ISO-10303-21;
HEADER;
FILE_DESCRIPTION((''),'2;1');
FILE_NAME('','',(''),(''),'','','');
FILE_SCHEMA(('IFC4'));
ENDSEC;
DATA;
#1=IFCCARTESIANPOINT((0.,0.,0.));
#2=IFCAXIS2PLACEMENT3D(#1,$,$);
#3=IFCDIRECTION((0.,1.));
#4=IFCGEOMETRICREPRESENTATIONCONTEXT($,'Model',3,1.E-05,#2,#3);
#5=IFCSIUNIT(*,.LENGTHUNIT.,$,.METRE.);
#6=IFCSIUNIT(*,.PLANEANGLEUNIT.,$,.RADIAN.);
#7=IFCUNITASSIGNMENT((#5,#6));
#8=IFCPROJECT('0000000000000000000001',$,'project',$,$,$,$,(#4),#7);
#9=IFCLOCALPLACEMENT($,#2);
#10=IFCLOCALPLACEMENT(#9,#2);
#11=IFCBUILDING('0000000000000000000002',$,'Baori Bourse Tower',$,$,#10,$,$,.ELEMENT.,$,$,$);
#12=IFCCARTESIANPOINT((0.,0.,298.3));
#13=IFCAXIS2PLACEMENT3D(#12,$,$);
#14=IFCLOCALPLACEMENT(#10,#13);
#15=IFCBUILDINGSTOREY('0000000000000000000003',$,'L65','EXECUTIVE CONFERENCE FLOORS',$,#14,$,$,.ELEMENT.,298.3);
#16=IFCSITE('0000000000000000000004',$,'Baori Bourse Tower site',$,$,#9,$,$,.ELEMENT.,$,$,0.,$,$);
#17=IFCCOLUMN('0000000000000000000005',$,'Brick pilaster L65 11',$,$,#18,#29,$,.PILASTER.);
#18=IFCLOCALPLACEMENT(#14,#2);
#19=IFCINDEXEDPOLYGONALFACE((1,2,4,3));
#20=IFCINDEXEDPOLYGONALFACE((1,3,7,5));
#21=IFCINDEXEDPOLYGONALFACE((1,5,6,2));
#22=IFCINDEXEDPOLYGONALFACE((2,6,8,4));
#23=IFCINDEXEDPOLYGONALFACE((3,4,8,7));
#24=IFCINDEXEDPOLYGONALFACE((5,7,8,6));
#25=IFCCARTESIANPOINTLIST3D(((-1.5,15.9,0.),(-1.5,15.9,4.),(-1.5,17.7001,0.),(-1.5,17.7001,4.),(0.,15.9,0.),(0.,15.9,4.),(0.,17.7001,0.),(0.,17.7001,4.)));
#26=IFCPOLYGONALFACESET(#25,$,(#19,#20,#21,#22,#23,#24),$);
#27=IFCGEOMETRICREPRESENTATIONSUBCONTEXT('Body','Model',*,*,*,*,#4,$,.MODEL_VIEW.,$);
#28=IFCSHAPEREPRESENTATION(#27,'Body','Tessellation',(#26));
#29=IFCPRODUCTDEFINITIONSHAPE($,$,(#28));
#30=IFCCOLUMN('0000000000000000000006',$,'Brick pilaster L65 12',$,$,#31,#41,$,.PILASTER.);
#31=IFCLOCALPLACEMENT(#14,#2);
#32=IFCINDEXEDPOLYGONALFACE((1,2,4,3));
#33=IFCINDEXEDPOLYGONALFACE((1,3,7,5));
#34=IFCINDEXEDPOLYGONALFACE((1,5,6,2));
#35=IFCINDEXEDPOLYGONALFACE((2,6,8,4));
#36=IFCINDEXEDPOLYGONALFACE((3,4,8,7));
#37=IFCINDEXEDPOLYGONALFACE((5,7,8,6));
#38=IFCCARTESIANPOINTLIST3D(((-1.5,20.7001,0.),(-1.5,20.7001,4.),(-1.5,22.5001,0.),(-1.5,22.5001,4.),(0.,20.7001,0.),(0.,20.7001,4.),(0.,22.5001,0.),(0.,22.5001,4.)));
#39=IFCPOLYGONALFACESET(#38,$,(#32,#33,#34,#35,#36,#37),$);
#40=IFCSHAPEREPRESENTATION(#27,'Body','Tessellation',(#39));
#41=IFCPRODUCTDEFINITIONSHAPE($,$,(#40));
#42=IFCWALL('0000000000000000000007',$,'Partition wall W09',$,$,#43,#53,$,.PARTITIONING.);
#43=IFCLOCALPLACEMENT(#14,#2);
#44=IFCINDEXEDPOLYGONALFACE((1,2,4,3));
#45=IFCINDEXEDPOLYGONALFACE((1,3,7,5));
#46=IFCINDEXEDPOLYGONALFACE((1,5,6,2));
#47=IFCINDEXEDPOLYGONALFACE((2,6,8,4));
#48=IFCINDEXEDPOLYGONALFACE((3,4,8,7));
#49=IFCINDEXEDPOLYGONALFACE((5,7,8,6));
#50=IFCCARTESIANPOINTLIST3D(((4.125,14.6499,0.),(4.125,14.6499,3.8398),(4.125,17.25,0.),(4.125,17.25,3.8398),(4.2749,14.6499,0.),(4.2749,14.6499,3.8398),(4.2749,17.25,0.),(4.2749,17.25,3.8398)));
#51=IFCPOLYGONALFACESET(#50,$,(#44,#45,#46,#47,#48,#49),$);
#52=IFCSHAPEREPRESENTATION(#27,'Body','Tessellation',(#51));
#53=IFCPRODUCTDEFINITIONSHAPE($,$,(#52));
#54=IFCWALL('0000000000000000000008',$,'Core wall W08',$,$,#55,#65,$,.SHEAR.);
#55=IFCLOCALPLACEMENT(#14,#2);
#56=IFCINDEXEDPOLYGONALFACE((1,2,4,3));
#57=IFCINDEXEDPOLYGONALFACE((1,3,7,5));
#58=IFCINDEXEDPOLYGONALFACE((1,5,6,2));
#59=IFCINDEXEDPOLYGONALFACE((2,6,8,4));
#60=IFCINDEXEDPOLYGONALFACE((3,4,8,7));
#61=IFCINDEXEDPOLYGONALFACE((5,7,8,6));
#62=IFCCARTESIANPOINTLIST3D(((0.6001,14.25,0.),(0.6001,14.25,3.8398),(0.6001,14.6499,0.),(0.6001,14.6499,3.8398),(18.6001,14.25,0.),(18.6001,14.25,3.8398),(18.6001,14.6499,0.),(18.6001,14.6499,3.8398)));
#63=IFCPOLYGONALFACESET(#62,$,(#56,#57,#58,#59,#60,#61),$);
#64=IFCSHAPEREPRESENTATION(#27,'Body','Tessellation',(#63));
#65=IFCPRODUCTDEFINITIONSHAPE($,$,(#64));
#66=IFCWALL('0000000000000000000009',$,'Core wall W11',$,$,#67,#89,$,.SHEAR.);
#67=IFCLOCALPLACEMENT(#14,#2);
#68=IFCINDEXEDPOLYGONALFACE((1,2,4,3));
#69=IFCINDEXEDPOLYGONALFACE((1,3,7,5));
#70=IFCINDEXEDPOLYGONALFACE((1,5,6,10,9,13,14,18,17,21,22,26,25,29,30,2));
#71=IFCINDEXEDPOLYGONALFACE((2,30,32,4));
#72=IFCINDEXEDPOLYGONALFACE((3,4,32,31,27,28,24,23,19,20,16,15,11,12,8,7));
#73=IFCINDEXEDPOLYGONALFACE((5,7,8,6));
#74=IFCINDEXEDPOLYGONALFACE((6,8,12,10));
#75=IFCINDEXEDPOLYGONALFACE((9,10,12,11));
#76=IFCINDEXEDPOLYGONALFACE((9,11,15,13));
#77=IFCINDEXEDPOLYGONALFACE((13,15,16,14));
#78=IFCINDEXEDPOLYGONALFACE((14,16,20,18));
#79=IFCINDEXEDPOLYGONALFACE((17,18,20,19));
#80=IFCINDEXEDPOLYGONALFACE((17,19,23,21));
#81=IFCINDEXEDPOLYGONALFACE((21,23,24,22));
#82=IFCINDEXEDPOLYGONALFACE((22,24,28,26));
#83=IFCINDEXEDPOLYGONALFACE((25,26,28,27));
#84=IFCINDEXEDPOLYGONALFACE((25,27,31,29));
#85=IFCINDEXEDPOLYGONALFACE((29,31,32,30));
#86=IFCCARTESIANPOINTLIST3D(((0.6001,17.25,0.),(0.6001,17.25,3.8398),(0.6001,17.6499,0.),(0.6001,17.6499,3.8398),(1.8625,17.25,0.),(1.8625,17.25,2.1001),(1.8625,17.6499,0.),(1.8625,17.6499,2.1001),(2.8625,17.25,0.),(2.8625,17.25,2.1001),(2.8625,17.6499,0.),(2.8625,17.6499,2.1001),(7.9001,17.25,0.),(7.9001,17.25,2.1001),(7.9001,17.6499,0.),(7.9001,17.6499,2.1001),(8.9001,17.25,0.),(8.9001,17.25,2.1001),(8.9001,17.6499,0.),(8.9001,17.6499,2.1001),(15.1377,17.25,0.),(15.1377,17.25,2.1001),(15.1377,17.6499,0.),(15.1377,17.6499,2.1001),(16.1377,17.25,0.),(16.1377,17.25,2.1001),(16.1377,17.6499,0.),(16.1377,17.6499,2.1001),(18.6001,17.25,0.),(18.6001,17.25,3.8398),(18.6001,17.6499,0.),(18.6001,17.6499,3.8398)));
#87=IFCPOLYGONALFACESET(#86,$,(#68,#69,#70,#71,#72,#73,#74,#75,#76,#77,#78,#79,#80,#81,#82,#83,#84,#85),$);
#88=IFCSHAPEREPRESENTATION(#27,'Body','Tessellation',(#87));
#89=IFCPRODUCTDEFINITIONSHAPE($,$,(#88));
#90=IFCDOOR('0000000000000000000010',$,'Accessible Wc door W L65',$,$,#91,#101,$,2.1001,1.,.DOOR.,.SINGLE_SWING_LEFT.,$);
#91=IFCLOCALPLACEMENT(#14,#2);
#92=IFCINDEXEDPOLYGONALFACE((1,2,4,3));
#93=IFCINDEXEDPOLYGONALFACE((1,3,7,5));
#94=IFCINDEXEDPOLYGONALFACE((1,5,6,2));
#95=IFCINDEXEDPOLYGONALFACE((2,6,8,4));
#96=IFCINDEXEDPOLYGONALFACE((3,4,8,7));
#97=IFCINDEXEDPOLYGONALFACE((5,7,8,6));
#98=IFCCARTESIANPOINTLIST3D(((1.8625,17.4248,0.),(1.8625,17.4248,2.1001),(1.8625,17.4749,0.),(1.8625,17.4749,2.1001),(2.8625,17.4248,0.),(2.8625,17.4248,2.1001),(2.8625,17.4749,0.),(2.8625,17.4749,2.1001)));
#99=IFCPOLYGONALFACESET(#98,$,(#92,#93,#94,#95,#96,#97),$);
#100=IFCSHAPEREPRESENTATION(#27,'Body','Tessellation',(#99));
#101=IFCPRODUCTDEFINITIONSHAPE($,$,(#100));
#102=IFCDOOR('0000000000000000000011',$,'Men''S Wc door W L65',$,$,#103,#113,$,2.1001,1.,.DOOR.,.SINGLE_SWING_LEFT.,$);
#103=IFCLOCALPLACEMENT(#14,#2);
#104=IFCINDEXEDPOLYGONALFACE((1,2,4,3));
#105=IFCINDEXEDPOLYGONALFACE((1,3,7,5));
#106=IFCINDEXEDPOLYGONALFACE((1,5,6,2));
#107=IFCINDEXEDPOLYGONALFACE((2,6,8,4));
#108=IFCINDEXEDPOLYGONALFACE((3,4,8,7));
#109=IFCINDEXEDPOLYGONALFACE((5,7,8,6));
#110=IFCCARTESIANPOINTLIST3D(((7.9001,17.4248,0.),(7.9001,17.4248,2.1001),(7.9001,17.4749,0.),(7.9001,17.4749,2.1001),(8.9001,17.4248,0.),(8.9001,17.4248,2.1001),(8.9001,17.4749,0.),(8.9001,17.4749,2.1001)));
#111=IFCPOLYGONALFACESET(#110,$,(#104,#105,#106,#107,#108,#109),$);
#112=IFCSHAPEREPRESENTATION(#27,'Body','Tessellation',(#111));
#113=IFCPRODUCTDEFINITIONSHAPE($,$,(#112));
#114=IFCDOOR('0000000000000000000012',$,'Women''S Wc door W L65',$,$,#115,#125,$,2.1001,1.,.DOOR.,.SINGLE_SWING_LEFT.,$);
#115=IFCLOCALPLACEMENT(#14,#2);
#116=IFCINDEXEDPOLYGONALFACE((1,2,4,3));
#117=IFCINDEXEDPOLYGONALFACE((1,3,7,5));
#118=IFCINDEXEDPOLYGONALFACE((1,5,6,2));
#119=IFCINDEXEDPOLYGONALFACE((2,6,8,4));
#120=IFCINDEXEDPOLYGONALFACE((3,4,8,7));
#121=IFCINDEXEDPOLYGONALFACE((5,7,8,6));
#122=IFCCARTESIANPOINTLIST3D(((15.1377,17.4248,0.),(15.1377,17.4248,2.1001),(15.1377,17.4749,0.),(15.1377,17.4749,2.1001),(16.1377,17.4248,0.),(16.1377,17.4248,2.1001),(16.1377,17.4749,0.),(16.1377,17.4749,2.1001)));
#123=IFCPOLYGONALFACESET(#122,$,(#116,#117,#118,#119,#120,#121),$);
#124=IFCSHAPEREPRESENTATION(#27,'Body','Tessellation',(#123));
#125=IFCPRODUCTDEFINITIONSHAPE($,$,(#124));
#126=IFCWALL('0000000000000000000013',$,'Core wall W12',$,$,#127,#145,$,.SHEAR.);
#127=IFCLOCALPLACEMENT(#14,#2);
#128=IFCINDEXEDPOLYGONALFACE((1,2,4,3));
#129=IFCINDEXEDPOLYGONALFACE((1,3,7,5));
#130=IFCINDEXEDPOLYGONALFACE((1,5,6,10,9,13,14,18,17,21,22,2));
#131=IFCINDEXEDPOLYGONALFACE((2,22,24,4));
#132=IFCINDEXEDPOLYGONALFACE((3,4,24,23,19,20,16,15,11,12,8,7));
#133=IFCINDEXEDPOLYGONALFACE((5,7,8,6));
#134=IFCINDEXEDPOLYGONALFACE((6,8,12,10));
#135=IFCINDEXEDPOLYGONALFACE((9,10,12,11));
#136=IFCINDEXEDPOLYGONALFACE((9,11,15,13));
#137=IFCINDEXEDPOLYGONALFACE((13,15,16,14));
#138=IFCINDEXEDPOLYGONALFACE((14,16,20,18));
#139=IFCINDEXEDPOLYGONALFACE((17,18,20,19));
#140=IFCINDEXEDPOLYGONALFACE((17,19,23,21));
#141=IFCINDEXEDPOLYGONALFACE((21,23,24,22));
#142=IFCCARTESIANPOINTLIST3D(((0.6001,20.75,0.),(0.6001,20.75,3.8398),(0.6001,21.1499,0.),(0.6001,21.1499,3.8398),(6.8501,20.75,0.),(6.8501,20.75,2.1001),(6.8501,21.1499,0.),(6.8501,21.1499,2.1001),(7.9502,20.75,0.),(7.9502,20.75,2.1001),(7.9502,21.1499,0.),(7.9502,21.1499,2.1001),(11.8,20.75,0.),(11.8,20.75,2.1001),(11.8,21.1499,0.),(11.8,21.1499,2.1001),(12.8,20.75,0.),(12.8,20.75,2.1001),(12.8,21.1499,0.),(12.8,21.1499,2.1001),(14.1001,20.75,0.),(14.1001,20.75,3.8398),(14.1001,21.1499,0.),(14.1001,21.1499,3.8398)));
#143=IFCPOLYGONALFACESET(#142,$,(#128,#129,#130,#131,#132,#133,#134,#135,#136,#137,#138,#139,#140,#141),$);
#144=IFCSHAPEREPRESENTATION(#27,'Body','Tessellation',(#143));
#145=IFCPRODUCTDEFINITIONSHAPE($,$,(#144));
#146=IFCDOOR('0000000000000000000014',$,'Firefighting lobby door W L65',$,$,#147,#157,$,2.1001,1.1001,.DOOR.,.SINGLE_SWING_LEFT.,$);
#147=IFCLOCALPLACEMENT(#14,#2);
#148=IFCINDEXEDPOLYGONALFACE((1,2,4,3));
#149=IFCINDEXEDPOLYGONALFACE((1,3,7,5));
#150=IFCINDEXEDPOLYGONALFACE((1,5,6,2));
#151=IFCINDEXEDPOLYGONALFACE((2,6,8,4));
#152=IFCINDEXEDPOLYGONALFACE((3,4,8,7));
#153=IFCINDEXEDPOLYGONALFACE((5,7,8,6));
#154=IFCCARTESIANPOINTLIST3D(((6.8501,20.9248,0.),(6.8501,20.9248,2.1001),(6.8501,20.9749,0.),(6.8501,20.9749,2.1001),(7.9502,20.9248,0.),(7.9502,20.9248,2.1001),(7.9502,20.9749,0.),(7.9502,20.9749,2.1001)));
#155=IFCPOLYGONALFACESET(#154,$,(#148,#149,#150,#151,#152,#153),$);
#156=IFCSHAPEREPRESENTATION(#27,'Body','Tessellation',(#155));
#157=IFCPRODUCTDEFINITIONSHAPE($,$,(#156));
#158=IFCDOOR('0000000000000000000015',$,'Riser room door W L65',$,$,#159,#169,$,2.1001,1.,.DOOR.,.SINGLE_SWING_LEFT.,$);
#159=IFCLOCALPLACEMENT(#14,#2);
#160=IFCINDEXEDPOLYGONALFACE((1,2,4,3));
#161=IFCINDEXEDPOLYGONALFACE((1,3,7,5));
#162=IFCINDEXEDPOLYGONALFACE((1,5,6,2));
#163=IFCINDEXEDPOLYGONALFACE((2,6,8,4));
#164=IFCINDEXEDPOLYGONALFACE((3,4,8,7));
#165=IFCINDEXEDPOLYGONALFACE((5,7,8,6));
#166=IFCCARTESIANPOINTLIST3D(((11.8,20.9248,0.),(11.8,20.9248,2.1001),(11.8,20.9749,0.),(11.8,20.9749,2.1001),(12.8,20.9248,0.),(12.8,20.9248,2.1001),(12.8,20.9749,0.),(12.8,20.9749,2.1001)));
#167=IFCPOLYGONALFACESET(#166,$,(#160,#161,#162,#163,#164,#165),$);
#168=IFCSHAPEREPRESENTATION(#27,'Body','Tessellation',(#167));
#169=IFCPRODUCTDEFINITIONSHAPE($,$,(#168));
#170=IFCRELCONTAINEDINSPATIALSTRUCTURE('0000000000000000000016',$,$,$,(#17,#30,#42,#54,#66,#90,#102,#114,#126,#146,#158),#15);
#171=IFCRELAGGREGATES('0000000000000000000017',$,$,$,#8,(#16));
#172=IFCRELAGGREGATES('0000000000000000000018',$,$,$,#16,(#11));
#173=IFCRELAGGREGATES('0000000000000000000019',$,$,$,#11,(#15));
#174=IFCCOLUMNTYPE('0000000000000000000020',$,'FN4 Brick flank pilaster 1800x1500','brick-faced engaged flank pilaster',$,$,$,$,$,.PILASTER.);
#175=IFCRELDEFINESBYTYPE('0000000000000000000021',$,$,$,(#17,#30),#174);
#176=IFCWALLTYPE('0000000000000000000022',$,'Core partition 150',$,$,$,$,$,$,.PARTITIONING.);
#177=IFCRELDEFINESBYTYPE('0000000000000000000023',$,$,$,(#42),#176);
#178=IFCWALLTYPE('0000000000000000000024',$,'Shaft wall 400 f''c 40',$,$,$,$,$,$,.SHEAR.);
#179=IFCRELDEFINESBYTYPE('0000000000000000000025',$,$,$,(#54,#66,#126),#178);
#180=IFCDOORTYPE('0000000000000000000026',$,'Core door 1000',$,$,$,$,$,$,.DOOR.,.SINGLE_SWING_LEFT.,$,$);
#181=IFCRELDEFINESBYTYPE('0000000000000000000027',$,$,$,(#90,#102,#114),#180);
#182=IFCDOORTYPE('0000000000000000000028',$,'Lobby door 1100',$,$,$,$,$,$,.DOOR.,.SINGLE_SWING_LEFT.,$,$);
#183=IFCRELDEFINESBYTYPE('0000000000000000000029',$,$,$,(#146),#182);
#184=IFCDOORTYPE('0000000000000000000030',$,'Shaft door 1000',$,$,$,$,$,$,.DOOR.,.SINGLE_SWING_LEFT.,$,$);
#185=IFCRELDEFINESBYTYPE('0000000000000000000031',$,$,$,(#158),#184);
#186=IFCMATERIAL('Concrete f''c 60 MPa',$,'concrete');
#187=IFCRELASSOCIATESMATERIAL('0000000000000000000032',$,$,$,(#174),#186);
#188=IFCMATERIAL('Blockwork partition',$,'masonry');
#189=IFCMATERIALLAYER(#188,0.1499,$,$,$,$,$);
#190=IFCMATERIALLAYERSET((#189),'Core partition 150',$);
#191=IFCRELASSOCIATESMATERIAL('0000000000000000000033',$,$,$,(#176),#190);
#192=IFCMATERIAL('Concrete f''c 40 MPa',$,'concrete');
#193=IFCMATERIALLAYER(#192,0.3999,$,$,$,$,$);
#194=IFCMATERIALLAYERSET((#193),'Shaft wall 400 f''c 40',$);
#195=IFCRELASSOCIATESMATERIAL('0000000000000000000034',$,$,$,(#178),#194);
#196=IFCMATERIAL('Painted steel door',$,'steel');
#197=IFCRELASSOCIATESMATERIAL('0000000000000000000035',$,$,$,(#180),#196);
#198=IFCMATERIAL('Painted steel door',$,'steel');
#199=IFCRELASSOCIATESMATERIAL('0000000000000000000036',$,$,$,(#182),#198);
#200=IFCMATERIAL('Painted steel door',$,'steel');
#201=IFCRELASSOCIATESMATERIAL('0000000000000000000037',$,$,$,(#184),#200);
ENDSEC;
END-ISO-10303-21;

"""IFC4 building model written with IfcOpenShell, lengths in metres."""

from ifc_helpers import new_model, si_unit, direction, frame, frame_2d, origin, origin_2d, place, context, subcontext, project, spatial, rectangle, extrude, material, layer, layer_set, material_profile, profile_set, type_object, element, fill, save


model = new_model("IFC4")

# Units and contexts
model_context = context("Model", 3, precision=1e-05, world=origin(), true_north=direction((0.0, 1.0)))
body_context = subcontext(model_context, "Body", "Model", "MODEL_VIEW")
ifc_project = project(units=[si_unit("LENGTHUNIT", "METRE"), si_unit("PLANEANGLEUNIT", "RADIAN")], contexts=[model_context])

# Site, building, storey
site_placement = place(None, origin())
site = spatial("IfcSite", under=ifc_project, at=site_placement, Name="Baori Bourse Tower site", CompositionType="ELEMENT", RefElevation=0.0)
building_placement = place(site_placement, origin())
building = spatial("IfcBuilding", under=site, at=building_placement, Name="Baori Bourse Tower", CompositionType="ELEMENT")
storey_placement = place(building_placement, frame((0.0, 0.0, 298.3)))
storey = spatial("IfcBuildingStorey", under=building, at=storey_placement, Name="L65", Description="EXECUTIVE CONFERENCE FLOORS", CompositionType="ELEMENT", Elevation=298.3)

# Columns
ifc_material_1 = material(Name="Concrete f'c 60 MPa", Category="concrete")
ifc_material_profile = material_profile(ifc_material_1, rectangle(XDim=1.8, YDim=1.5, at=origin_2d()), Name="RC 1800x1500")
ifc_profile_set = profile_set([ifc_material_profile], Name="Concrete f'c 60 MPa")
column_type = type_object("IfcColumnType", Name="FN4 Brick flank pilaster 1800x1500", Description="brick-faced engaged flank pilaster", PredefinedType="PILASTER", material=ifc_profile_set)
for number, where, z_axis, x_axis, name in (
    (1, (-0.75, 16.8, 0.0), (0.0, 0.0, 1.0), (0.0, 1.0, 0.0), "Brick pilaster L65 11"),
    (2, (-0.75, 21.6001, 0.0), (0.0, 0.0, 1.0), (0.0, 1.0, 0.0), "Brick pilaster L65 12"),
):
    element("IfcColumn", number, at=place(storey_placement, frame(where, z_axis=z_axis, x_axis=x_axis)), inside=storey, type_object=column_type, Name=name, PredefinedType="PILASTER", context=body_context, shape_type="SweptSolid", body=[
        extrude(rectangle(XDim=1.8, YDim=1.5, at=origin_2d()), origin(), (0.0, 0.0, 1.0), 4.0),
    ])

# Walls
ifc_material_2 = material(Name="Blockwork partition", Category="masonry")
ifc_layer_1 = layer(ifc_material_2, 0.1499)
ifc_layer_set_1 = layer_set([ifc_layer_1], Name="Core partition 150")
wall_type_1 = type_object("IfcWallType", Name="Core partition 150", PredefinedType="PARTITIONING", material=ifc_layer_set_1)
wall_1_placement = place(storey_placement, frame((4.2, 14.6499, 0.0), z_axis=(0.0, 0.0, 1.0), x_axis=(0.0, 1.0, 0.0)))
element("IfcWall", 3, at=wall_1_placement, inside=storey, type_object=wall_type_1, Name="Partition wall W09", PredefinedType="PARTITIONING", context=body_context, shape_type="SweptSolid", body=[
    extrude(rectangle(XDim=2.6001, YDim=0.1499, at=frame_2d((1.3, 0.0))), origin(), (0.0, 0.0, 1.0), 3.8398),
])
ifc_material_3 = material(Name="Concrete f'c 40 MPa", Category="concrete")
ifc_layer_2 = layer(ifc_material_3, 0.3999)
ifc_layer_set_2 = layer_set([ifc_layer_2], Name="Shaft wall 400 f'c 40")
wall_type_2 = type_object("IfcWallType", Name="Shaft wall 400 f'c 40", PredefinedType="SHEAR", material=ifc_layer_set_2)
wall_2_placement = place(storey_placement, frame((0.6001, 14.45, 0.0), z_axis=(0.0, 0.0, 1.0), x_axis=(1.0, 0.0, 0.0)))
element("IfcWall", 4, at=wall_2_placement, inside=storey, type_object=wall_type_2, Name="Core wall W08", PredefinedType="SHEAR", context=body_context, shape_type="SweptSolid", body=[
    extrude(rectangle(XDim=18.0, YDim=0.3999, at=frame_2d((9.0, 0.0))), origin(), (0.0, 0.0, 1.0), 3.8398),
])

# Walls, openings, doors
wall_3_placement = place(storey_placement, frame((0.6001, 17.45, 0.0), z_axis=(0.0, 0.0, 1.0), x_axis=(1.0, 0.0, 0.0)))
wall_3 = element("IfcWall", 5, at=wall_3_placement, inside=storey, type_object=wall_type_2, Name="Core wall W11", PredefinedType="SHEAR", context=body_context, shape_type="SweptSolid", body=[
    extrude(rectangle(XDim=18.0, YDim=0.3999, at=frame_2d((9.0, 0.0))), origin(), (0.0, 0.0, 1.0), 3.8398),
])
opening_1_placement = place(wall_3_placement, frame((1.2625, 0.0, 0.0)))
opening_1 = element("IfcOpeningElement", 6, at=opening_1_placement, cuts=wall_3, PredefinedType="OPENING", context=body_context, shape_type="SweptSolid", body=[
    extrude(rectangle(XDim=1.0, YDim=2.1001, at=frame_2d((0.5, 1.05))), frame((0.0, 0.21, 0.0), z_axis=(0.0, -1.0, 0.0), x_axis=(1.0, 0.0, 0.0)), (0.0, 0.0, 1.0), 0.4199),
])
opening_2_placement = place(wall_3_placement, frame((7.3, 0.0, 0.0)))
opening_2 = element("IfcOpeningElement", 7, at=opening_2_placement, cuts=wall_3, PredefinedType="OPENING", context=body_context, shape_type="SweptSolid", body=[
    extrude(rectangle(XDim=1.0, YDim=2.1001, at=frame_2d((0.5, 1.05))), frame((0.0, 0.21, 0.0), z_axis=(0.0, -1.0, 0.0), x_axis=(1.0, 0.0, 0.0)), (0.0, 0.0, 1.0), 0.4199),
])
opening_3_placement = place(wall_3_placement, frame((14.5376, 0.0, 0.0)))
opening_3 = element("IfcOpeningElement", 8, at=opening_3_placement, cuts=wall_3, PredefinedType="OPENING", context=body_context, shape_type="SweptSolid", body=[
    extrude(rectangle(XDim=1.0, YDim=2.1001, at=frame_2d((0.5, 1.05))), frame((0.0, 0.21, 0.0), z_axis=(0.0, -1.0, 0.0), x_axis=(1.0, 0.0, 0.0)), (0.0, 0.0, 1.0), 0.4199),
])
ifc_material_4 = material(Name="Painted steel door", Category="steel")
door_type_1 = type_object("IfcDoorType", Name="Core door 1000", OperationType="SINGLE_SWING_LEFT", PredefinedType="DOOR", material=ifc_material_4)
door_1_placement = place(opening_1_placement, origin())
door_1 = element("IfcDoor", 9, at=door_1_placement, inside=storey, type_object=door_type_1, Name="Accessible Wc door W L65", OperationType="SINGLE_SWING_LEFT", OverallHeight=2.1001, OverallWidth=1.0, PredefinedType="DOOR", context=body_context, shape_type="SweptSolid", body=[
    extrude(rectangle(XDim=1.0, YDim=2.1001, at=frame_2d((0.5, 1.05))), frame((0.0, 0.0249, 0.0), z_axis=(0.0, -1.0, 0.0), x_axis=(1.0, 0.0, 0.0)), (0.0, 0.0, 1.0), 0.05),
])
fill(opening_1, door_1)
door_2_placement = place(opening_2_placement, origin())
door_2 = element("IfcDoor", 10, at=door_2_placement, inside=storey, type_object=door_type_1, Name="Men'S Wc door W L65", OperationType="SINGLE_SWING_LEFT", OverallHeight=2.1001, OverallWidth=1.0, PredefinedType="DOOR", context=body_context, shape_type="SweptSolid", body=[
    extrude(rectangle(XDim=1.0, YDim=2.1001, at=frame_2d((0.5, 1.05))), frame((0.0, 0.0249, 0.0), z_axis=(0.0, -1.0, 0.0), x_axis=(1.0, 0.0, 0.0)), (0.0, 0.0, 1.0), 0.05),
])
fill(opening_2, door_2)
door_3_placement = place(opening_3_placement, origin())
door_3 = element("IfcDoor", 11, at=door_3_placement, inside=storey, type_object=door_type_1, Name="Women'S Wc door W L65", OperationType="SINGLE_SWING_LEFT", OverallHeight=2.1001, OverallWidth=1.0, PredefinedType="DOOR", context=body_context, shape_type="SweptSolid", body=[
    extrude(rectangle(XDim=1.0, YDim=2.1001, at=frame_2d((0.5, 1.05))), frame((0.0, 0.0249, 0.0), z_axis=(0.0, -1.0, 0.0), x_axis=(1.0, 0.0, 0.0)), (0.0, 0.0, 1.0), 0.05),
])
fill(opening_3, door_3)
wall_4_placement = place(storey_placement, frame((0.6001, 20.95, 0.0), z_axis=(0.0, 0.0, 1.0), x_axis=(1.0, 0.0, 0.0)))
wall_4 = element("IfcWall", 12, at=wall_4_placement, inside=storey, type_object=wall_type_2, Name="Core wall W12", PredefinedType="SHEAR", context=body_context, shape_type="SweptSolid", body=[
    extrude(rectangle(XDim=13.5, YDim=0.3999, at=frame_2d((6.75, 0.0))), origin(), (0.0, 0.0, 1.0), 3.8398),
])
opening_4_placement = place(wall_4_placement, frame((6.25, 0.0, 0.0)))
opening_4 = element("IfcOpeningElement", 13, at=opening_4_placement, cuts=wall_4, PredefinedType="OPENING", context=body_context, shape_type="SweptSolid", body=[
    extrude(rectangle(XDim=1.1001, YDim=2.1001, at=frame_2d((0.55, 1.05))), frame((0.0, 0.21, 0.0), z_axis=(0.0, -1.0, 0.0), x_axis=(1.0, 0.0, 0.0)), (0.0, 0.0, 1.0), 0.4199),
])
opening_5_placement = place(wall_4_placement, frame((11.2, 0.0, 0.0)))
opening_5 = element("IfcOpeningElement", 14, at=opening_5_placement, cuts=wall_4, PredefinedType="OPENING", context=body_context, shape_type="SweptSolid", body=[
    extrude(rectangle(XDim=1.0, YDim=2.1001, at=frame_2d((0.5, 1.05))), frame((0.0, 0.21, 0.0), z_axis=(0.0, -1.0, 0.0), x_axis=(1.0, 0.0, 0.0)), (0.0, 0.0, 1.0), 0.4199),
])
ifc_material_5 = material(Name="Painted steel door", Category="steel")
door_type_2 = type_object("IfcDoorType", Name="Lobby door 1100", OperationType="SINGLE_SWING_LEFT", PredefinedType="DOOR", material=ifc_material_5)
door_4_placement = place(opening_4_placement, origin())
door_4 = element("IfcDoor", 15, at=door_4_placement, inside=storey, type_object=door_type_2, Name="Firefighting lobby door W L65", OperationType="SINGLE_SWING_LEFT", OverallHeight=2.1001, OverallWidth=1.1001, PredefinedType="DOOR", context=body_context, shape_type="SweptSolid", body=[
    extrude(rectangle(XDim=1.1001, YDim=2.1001, at=frame_2d((0.55, 1.05))), frame((0.0, 0.0249, 0.0), z_axis=(0.0, -1.0, 0.0), x_axis=(1.0, 0.0, 0.0)), (0.0, 0.0, 1.0), 0.05),
])
fill(opening_4, door_4)
ifc_material_6 = material(Name="Painted steel door", Category="steel")
door_type_3 = type_object("IfcDoorType", Name="Shaft door 1000", OperationType="SINGLE_SWING_LEFT", PredefinedType="DOOR", material=ifc_material_6)
door_5_placement = place(opening_5_placement, origin())
door_5 = element("IfcDoor", 16, at=door_5_placement, inside=storey, type_object=door_type_3, Name="Riser room door W L65", OperationType="SINGLE_SWING_LEFT", OverallHeight=2.1001, OverallWidth=1.0, PredefinedType="DOOR", context=body_context, shape_type="SweptSolid", body=[
    extrude(rectangle(XDim=1.0, YDim=2.1001, at=frame_2d((0.5, 1.05))), frame((0.0, 0.0249, 0.0), z_axis=(0.0, -1.0, 0.0), x_axis=(1.0, 0.0, 0.0)), (0.0, 0.0, 1.0), 0.05),
])
fill(opening_5, door_5)

save(model, "model.ifc")
